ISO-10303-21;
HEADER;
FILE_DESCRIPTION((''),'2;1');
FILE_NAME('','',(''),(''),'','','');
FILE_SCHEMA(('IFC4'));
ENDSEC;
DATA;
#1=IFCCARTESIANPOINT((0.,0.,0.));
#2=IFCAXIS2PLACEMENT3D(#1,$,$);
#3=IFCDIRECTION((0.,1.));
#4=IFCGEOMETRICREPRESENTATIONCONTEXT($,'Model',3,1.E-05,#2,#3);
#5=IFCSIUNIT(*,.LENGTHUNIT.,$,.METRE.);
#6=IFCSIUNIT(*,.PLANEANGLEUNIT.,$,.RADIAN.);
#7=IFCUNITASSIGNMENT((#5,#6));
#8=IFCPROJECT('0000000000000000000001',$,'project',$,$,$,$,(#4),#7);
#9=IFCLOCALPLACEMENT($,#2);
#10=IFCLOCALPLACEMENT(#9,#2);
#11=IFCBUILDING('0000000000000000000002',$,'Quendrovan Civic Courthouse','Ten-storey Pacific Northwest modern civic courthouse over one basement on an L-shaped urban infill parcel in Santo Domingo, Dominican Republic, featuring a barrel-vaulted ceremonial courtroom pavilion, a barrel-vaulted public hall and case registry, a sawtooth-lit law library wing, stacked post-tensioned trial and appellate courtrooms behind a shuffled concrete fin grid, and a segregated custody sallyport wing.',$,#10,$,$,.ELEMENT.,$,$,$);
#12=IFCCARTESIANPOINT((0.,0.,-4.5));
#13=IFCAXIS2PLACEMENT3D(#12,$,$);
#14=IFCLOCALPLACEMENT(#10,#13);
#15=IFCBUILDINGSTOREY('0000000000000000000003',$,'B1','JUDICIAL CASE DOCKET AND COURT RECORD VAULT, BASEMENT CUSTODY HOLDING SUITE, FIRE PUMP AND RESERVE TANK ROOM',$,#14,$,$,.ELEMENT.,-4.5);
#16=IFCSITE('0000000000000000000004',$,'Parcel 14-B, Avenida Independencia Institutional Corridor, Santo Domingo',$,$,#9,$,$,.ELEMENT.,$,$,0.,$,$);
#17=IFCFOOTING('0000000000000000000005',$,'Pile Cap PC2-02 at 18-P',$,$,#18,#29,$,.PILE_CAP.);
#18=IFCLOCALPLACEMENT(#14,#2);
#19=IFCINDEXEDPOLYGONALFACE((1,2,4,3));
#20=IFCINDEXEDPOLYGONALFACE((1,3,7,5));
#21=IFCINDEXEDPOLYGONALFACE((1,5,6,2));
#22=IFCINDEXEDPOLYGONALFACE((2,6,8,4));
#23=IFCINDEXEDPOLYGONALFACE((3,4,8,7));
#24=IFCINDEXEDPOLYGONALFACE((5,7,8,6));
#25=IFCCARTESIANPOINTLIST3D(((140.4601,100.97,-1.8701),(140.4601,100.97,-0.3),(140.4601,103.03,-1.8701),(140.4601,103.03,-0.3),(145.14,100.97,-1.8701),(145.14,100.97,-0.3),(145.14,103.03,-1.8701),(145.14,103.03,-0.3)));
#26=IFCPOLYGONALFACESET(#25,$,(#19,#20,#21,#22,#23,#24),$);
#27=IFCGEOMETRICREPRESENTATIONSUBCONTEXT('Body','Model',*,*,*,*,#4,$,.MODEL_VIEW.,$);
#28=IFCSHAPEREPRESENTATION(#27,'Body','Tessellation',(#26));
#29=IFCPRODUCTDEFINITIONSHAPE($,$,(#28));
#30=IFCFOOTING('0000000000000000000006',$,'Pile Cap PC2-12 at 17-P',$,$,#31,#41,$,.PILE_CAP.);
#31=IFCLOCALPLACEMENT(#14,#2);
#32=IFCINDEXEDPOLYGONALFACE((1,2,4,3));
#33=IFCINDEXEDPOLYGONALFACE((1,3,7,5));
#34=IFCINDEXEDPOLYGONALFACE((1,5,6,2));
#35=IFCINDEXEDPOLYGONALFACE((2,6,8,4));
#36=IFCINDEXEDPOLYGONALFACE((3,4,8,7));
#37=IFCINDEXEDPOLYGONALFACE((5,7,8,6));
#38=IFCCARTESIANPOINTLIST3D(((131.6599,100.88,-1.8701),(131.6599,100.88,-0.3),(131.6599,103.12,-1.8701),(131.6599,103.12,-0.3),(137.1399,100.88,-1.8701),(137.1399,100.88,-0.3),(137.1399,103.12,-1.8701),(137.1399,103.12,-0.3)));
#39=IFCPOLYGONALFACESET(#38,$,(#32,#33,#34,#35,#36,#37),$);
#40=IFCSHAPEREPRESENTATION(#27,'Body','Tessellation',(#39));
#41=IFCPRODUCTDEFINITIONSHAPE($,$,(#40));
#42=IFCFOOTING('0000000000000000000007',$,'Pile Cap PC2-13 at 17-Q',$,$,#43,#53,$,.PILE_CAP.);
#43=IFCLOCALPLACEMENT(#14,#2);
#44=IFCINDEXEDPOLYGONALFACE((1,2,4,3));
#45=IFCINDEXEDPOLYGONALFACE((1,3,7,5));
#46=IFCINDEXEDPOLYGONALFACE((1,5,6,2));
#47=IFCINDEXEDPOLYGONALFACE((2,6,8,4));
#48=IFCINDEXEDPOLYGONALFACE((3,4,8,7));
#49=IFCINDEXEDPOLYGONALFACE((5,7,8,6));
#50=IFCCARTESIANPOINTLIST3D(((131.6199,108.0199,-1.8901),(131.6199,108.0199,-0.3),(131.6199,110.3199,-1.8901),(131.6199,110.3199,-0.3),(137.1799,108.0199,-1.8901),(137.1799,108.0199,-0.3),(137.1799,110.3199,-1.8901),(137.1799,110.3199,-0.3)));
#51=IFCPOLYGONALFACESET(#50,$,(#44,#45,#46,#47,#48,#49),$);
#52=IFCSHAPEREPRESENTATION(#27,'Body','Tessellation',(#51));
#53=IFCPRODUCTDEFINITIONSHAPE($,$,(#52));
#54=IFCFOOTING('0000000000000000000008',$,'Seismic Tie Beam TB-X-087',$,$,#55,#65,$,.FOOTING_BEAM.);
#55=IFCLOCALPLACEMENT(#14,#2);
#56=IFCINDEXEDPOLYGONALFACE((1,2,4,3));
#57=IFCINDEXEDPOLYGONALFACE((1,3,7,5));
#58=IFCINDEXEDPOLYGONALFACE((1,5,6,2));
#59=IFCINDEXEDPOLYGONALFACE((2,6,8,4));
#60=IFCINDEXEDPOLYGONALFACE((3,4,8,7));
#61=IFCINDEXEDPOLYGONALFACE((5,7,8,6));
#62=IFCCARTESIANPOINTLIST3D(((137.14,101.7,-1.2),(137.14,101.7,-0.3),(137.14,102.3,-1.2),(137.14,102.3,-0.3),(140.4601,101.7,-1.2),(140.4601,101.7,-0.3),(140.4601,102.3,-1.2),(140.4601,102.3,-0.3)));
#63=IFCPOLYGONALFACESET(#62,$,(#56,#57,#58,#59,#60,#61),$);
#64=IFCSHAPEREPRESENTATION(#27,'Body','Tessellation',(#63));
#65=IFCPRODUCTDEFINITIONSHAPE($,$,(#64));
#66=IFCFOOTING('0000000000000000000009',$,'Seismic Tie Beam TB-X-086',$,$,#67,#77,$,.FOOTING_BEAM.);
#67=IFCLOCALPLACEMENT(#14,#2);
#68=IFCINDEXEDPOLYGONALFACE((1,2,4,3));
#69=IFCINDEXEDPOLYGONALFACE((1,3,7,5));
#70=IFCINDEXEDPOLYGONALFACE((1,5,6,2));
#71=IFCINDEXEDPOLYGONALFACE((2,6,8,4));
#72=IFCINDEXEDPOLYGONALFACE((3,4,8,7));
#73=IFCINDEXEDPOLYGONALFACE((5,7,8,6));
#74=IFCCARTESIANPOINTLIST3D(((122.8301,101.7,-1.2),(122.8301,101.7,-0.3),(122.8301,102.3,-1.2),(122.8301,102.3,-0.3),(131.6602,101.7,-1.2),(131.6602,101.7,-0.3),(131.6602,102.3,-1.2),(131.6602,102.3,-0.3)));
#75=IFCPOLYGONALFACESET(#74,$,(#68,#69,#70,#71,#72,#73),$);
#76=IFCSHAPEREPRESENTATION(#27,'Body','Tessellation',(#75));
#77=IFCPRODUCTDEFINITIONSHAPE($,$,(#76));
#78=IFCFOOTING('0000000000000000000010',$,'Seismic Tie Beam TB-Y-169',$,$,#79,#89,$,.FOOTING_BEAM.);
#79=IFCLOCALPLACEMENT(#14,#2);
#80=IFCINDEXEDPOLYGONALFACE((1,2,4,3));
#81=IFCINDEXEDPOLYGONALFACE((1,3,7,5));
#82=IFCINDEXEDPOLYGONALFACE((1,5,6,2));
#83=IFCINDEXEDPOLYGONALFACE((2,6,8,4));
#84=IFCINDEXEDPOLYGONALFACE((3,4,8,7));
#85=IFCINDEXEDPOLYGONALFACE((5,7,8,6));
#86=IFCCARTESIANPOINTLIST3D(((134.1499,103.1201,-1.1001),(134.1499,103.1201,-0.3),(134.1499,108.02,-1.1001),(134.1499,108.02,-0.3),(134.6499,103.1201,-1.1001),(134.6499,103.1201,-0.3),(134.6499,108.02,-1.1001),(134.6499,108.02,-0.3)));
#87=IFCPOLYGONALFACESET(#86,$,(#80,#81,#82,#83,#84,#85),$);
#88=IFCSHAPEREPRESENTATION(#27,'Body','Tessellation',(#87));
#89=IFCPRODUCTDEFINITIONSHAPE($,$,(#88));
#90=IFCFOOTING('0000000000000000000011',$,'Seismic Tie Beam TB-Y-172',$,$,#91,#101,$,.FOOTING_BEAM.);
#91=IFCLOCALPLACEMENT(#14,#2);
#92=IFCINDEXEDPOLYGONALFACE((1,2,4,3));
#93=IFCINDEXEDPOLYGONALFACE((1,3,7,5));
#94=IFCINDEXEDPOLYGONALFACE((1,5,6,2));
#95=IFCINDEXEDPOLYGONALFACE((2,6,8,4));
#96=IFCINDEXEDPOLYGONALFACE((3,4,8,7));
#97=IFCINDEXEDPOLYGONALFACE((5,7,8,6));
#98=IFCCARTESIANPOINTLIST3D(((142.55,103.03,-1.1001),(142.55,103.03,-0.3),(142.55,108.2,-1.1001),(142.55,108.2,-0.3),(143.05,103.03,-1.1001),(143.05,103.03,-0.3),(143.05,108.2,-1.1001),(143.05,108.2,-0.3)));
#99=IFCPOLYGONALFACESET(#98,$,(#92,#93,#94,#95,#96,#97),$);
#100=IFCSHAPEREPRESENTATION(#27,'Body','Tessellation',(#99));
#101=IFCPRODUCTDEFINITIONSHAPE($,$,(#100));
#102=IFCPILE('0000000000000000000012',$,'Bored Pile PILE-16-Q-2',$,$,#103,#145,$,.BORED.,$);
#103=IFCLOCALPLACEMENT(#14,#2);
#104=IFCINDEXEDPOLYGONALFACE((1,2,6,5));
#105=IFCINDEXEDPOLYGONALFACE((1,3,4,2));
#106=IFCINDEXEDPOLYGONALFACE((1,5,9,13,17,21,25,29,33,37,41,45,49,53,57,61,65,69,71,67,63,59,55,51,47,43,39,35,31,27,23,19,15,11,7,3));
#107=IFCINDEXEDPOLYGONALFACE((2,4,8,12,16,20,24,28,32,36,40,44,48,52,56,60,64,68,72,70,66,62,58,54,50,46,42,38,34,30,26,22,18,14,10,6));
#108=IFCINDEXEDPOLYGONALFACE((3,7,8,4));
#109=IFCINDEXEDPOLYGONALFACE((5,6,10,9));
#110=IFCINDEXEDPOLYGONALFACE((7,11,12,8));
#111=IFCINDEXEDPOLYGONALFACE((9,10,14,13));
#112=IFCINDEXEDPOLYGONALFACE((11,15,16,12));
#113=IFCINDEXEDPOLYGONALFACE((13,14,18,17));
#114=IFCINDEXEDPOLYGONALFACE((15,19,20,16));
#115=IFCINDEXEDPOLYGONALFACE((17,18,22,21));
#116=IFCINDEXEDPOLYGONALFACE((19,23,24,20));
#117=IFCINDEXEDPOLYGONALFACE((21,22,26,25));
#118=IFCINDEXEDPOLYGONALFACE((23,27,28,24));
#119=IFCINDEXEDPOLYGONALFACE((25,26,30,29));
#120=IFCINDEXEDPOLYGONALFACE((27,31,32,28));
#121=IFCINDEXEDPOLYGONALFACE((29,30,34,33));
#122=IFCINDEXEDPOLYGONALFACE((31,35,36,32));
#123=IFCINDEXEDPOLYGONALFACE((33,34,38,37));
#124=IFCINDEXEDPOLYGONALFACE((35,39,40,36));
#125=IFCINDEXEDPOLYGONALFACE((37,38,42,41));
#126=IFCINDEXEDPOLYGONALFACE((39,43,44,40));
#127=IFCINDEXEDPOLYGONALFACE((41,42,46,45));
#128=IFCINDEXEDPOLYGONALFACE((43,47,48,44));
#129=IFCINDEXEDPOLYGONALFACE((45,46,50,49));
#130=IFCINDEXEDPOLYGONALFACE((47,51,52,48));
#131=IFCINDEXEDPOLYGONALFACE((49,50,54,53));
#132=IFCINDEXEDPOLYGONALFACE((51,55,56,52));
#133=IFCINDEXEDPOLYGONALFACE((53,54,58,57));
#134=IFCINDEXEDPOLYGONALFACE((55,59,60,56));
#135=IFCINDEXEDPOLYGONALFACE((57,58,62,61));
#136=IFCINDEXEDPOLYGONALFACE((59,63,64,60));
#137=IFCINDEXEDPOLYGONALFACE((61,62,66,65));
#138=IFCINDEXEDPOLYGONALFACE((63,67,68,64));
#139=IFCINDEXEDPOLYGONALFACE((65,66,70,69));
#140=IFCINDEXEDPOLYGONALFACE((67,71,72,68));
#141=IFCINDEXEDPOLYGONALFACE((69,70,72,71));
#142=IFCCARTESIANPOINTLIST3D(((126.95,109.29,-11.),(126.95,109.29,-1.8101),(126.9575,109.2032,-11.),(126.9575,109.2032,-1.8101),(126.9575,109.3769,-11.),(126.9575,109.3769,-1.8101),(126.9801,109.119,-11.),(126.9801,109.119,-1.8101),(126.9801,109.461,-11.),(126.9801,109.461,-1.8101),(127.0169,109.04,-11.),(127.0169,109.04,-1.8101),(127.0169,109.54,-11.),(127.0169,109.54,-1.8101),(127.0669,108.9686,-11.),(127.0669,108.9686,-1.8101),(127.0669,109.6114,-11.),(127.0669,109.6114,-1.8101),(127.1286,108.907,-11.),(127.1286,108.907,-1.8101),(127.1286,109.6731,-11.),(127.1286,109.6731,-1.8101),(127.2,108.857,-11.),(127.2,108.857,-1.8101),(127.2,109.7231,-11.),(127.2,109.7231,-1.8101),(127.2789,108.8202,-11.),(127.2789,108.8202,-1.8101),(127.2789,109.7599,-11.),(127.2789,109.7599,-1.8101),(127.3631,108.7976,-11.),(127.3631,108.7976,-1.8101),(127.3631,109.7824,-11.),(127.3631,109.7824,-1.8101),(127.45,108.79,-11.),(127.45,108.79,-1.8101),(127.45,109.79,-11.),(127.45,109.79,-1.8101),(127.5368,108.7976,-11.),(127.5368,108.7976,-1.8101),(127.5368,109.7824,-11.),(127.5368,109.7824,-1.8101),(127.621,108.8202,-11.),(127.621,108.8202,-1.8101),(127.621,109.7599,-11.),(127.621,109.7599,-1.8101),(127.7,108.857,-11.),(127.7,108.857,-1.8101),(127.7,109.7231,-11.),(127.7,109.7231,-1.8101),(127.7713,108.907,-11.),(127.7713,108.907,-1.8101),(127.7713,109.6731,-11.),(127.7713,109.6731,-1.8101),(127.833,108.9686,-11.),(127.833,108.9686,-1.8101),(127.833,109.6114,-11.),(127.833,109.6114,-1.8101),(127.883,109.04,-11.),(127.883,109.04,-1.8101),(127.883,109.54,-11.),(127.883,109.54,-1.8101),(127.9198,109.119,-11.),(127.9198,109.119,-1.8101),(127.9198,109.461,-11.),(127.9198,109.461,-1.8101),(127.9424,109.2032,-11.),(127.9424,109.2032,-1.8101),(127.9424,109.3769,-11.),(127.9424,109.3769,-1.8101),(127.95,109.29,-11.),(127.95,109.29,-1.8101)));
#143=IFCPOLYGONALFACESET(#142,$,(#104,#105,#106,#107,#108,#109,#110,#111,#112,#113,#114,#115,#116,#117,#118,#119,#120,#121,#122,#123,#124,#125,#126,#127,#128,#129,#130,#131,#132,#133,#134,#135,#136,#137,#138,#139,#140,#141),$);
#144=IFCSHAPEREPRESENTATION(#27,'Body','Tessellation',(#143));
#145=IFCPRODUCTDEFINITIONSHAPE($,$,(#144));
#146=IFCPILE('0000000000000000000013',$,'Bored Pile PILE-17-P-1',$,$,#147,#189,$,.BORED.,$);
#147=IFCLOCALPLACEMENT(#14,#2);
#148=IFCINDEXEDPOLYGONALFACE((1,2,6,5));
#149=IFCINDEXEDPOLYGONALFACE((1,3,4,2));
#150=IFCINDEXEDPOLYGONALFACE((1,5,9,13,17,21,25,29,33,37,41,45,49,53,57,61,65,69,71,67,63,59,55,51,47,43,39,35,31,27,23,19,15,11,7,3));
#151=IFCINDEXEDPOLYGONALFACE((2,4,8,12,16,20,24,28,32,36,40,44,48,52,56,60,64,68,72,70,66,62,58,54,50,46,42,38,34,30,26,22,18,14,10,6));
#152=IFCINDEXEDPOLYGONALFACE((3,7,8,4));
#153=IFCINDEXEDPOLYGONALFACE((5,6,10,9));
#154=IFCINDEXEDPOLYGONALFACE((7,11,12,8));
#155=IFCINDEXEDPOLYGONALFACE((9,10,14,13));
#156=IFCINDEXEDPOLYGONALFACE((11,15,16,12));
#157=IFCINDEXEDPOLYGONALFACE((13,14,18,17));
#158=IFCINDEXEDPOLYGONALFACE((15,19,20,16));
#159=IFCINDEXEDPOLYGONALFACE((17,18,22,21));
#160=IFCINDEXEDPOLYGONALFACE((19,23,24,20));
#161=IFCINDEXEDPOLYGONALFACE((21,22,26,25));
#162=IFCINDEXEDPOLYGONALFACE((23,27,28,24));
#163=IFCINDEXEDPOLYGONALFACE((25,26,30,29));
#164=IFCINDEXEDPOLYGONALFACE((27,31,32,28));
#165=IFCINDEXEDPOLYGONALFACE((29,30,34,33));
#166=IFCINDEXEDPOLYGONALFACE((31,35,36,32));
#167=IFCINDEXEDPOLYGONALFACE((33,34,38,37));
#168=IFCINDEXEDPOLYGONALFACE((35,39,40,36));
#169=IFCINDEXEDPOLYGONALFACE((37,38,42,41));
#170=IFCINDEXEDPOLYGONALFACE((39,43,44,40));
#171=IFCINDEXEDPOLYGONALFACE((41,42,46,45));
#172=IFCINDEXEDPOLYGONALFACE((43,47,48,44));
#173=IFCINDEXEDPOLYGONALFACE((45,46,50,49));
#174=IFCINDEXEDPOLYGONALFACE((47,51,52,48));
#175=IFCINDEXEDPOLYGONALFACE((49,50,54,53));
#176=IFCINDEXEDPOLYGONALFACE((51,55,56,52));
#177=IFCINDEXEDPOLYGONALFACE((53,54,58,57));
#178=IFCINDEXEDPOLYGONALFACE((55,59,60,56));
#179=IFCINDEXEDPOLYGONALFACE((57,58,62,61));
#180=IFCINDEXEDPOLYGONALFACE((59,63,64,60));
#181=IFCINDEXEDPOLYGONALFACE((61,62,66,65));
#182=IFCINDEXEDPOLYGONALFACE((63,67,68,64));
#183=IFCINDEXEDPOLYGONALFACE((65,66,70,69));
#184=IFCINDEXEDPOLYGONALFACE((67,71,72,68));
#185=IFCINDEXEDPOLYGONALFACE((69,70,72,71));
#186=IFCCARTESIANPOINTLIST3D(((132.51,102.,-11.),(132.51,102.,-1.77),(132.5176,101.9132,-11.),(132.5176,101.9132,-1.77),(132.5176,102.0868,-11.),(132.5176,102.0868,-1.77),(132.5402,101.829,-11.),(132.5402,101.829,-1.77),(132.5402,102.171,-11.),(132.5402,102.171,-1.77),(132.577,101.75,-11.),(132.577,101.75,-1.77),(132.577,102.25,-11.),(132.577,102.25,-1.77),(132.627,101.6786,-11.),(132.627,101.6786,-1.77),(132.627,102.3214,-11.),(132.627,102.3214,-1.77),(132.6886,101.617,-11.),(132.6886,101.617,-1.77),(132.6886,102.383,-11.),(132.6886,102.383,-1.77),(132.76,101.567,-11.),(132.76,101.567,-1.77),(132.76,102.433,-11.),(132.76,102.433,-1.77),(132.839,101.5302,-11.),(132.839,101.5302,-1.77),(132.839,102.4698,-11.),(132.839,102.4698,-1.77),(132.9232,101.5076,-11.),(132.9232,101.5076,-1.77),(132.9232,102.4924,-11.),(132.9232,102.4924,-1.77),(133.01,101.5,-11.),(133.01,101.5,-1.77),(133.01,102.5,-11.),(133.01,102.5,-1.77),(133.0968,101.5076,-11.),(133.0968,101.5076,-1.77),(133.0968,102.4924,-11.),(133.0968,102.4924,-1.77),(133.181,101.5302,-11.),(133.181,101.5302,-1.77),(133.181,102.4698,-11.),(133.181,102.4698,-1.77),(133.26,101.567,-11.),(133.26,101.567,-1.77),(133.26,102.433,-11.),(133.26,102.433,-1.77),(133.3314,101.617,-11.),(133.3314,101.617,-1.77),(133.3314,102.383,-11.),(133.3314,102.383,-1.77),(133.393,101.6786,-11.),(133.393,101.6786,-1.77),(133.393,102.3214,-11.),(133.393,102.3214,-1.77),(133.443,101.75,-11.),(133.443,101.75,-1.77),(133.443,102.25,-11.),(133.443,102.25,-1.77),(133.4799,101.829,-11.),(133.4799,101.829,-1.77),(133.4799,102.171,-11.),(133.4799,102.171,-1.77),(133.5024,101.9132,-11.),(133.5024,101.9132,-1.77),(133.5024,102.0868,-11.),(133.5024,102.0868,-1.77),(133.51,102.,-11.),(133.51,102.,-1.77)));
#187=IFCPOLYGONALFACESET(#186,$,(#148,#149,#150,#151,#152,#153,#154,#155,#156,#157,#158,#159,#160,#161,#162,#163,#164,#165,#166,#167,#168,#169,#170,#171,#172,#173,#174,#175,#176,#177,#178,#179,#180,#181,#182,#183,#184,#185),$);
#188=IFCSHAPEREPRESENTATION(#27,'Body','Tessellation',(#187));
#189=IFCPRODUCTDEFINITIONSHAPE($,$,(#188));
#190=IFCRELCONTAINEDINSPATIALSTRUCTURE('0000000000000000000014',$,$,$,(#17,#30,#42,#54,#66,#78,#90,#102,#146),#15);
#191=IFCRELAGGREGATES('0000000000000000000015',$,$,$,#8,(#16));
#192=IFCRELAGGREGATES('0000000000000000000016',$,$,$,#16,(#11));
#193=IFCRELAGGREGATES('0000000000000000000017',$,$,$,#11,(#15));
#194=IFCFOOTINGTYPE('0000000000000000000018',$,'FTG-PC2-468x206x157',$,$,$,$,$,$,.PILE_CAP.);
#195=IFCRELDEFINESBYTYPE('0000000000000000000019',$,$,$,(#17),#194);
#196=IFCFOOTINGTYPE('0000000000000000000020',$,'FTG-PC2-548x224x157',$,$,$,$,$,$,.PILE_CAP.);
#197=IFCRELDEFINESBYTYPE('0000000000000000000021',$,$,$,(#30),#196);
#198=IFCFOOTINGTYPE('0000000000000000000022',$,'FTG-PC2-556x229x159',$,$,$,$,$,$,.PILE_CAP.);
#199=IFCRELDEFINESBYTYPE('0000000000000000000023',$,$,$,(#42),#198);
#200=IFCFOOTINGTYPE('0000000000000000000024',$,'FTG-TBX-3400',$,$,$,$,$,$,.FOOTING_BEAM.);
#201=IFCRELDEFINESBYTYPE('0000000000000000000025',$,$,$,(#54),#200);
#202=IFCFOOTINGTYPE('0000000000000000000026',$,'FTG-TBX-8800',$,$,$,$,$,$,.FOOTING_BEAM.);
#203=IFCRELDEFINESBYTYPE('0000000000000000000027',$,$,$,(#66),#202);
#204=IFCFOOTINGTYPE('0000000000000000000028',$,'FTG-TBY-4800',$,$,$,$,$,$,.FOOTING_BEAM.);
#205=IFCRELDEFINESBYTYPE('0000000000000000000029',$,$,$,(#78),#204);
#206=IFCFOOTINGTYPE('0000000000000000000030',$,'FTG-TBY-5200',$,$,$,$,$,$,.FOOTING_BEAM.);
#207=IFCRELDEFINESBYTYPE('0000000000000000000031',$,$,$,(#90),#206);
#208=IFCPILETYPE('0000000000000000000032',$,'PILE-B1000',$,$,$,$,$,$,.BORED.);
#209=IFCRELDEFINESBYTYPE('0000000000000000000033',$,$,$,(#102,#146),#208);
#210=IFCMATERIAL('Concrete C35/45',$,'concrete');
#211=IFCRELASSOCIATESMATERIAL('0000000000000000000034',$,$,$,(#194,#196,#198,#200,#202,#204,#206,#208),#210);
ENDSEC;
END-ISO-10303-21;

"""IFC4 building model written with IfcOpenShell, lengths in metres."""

from ifc_helpers import new_model, si_unit, direction, frame, origin, origin_2d, place, context, subcontext, project, spatial, rectangle, circle, extrude, material, material_profile, profile_set, type_object, element, save


model = new_model("IFC4")

# Units and contexts
model_context = context("Model", 3, precision=1e-05, world=origin(), true_north=direction((0.0, 1.0)))
body_context = subcontext(model_context, "Body", "Model", "MODEL_VIEW")
ifc_project = project(units=[si_unit("LENGTHUNIT", "METRE"), si_unit("PLANEANGLEUNIT", "RADIAN")], contexts=[model_context])

# Site, building, storey
site_placement = place(None, origin())
site = spatial("IfcSite", under=ifc_project, at=site_placement, Name="Parcel 14-B, Avenida Independencia Institutional Corridor, Santo Domingo", CompositionType="ELEMENT", RefElevation=0.0)
building_placement = place(site_placement, origin())
building = spatial("IfcBuilding", under=site, at=building_placement, Name="Quendrovan Civic Courthouse", Description="Ten-storey Pacific Northwest modern civic courthouse over one basement on an L-shaped urban infill parcel in Santo Domingo, Dominican Republic, featuring a barrel-vaulted ceremonial courtroom pavilion, a barrel-vaulted public hall and case registry, a sawtooth-lit law library wing, stacked post-tensioned trial and appellate courtrooms behind a shuffled concrete fin grid, and a segregated custody sallyport wing.", CompositionType="ELEMENT")
storey_placement = place(building_placement, frame((0.0, 0.0, -4.5)))
storey = spatial("IfcBuildingStorey", under=building, at=storey_placement, Name="B1", Description="JUDICIAL CASE DOCKET AND COURT RECORD VAULT, BASEMENT CUSTODY HOLDING SUITE, FIRE PUMP AND RESERVE TANK ROOM", CompositionType="ELEMENT", Elevation=-4.5)

# Footings
ifc_material_1 = material(Name="Concrete C35/45", Category="concrete")
footing_type_1 = type_object("IfcFootingType", Name="FTG-PC2-468x206x157", PredefinedType="PILE_CAP", material=ifc_material_1)
footing_1_placement = place(storey_placement, frame((142.8, 102.0, -1.8701), z_axis=(0.0, 0.0, 1.0), x_axis=(1.0, 0.0, 0.0)))
element("IfcFooting", 1, at=footing_1_placement, inside=storey, type_object=footing_type_1, Name="Pile Cap PC2-02 at 18-P", PredefinedType="PILE_CAP", context=body_context, shape_type="SweptSolid", body=[
    extrude(rectangle(XDim=4.6799, YDim=2.0601, at=origin_2d()), origin(), (0.0, 0.0, 1.0), 1.5701),
])
footing_type_2 = type_object("IfcFootingType", Name="FTG-PC2-548x224x157", PredefinedType="PILE_CAP", material=ifc_material_1)
footing_2_placement = place(storey_placement, frame((134.3999, 102.0, -1.8701), z_axis=(0.0, 0.0, 1.0), x_axis=(1.0, 0.0, 0.0)))
element("IfcFooting", 2, at=footing_2_placement, inside=storey, type_object=footing_type_2, Name="Pile Cap PC2-12 at 17-P", PredefinedType="PILE_CAP", context=body_context, shape_type="SweptSolid", body=[
    extrude(rectangle(XDim=5.48, YDim=2.24, at=origin_2d()), origin(), (0.0, 0.0, 1.0), 1.5701),
])
footing_type_3 = type_object("IfcFootingType", Name="FTG-PC2-556x229x159", PredefinedType="PILE_CAP", material=ifc_material_1)
footing_3_placement = place(storey_placement, frame((134.3999, 109.1699, -1.8901), z_axis=(0.0, 0.0, 1.0), x_axis=(1.0, 0.0, 0.0)))
element("IfcFooting", 3, at=footing_3_placement, inside=storey, type_object=footing_type_3, Name="Pile Cap PC2-13 at 17-Q", PredefinedType="PILE_CAP", context=body_context, shape_type="SweptSolid", body=[
    extrude(rectangle(XDim=5.5601, YDim=2.3, at=origin_2d()), origin(), (0.0, 0.0, 1.0), 1.5901),
])
footing_type_4 = type_object("IfcFootingType", Name="FTG-TBX-3400", PredefinedType="FOOTING_BEAM", material=ifc_material_1)
footing_4_placement = place(storey_placement, frame((138.8, 102.0, -1.2), z_axis=(0.0, 0.0, 1.0), x_axis=(1.0, 0.0, 0.0)))
element("IfcFooting", 4, at=footing_4_placement, inside=storey, type_object=footing_type_4, Name="Seismic Tie Beam TB-X-087", PredefinedType="FOOTING_BEAM", context=body_context, shape_type="SweptSolid", body=[
    extrude(rectangle(XDim=3.3201, YDim=0.6001, at=origin_2d()), origin(), (0.0, 0.0, 1.0), 0.8999),
])
footing_type_5 = type_object("IfcFootingType", Name="FTG-TBX-8800", PredefinedType="FOOTING_BEAM", material=ifc_material_1)
footing_5_placement = place(storey_placement, frame((127.2451, 102.0, -1.2), z_axis=(0.0, 0.0, 1.0), x_axis=(1.0, 0.0, 0.0)))
element("IfcFooting", 5, at=footing_5_placement, inside=storey, type_object=footing_type_5, Name="Seismic Tie Beam TB-X-086", PredefinedType="FOOTING_BEAM", context=body_context, shape_type="SweptSolid", body=[
    extrude(rectangle(XDim=8.8301, YDim=0.6001, at=origin_2d()), origin(), (0.0, 0.0, 1.0), 0.8999),
])
footing_type_6 = type_object("IfcFootingType", Name="FTG-TBY-4800", PredefinedType="FOOTING_BEAM", material=ifc_material_1)
footing_6_placement = place(storey_placement, frame((134.3999, 105.5701, -1.1001), z_axis=(0.0, 0.0, 1.0), x_axis=(1.0, 0.0, 0.0)))
element("IfcFooting", 6, at=footing_6_placement, inside=storey, type_object=footing_type_6, Name="Seismic Tie Beam TB-Y-169", PredefinedType="FOOTING_BEAM", context=body_context, shape_type="SweptSolid", body=[
    extrude(rectangle(XDim=0.5, YDim=4.8999, at=origin_2d()), origin(), (0.0, 0.0, 1.0), 0.8),
])
footing_type_7 = type_object("IfcFootingType", Name="FTG-TBY-5200", PredefinedType="FOOTING_BEAM", material=ifc_material_1)
footing_7_placement = place(storey_placement, frame((142.8, 105.615, -1.1001), z_axis=(0.0, 0.0, 1.0), x_axis=(1.0, 0.0, 0.0)))
element("IfcFooting", 7, at=footing_7_placement, inside=storey, type_object=footing_type_7, Name="Seismic Tie Beam TB-Y-172", PredefinedType="FOOTING_BEAM", context=body_context, shape_type="SweptSolid", body=[
    extrude(rectangle(XDim=0.5, YDim=5.1699, at=origin_2d()), origin(), (0.0, 0.0, 1.0), 0.8),
])

# Piles
ifc_material_profile_1 = material_profile(ifc_material_1, circle(Radius=0.5, at=origin_2d()), Name="PILE-D1000")
ifc_profile_set_1 = profile_set([ifc_material_profile_1], Name="Concrete C35/45")
pile_type = type_object("IfcPileType", Name="PILE-B1000", PredefinedType="BORED", material=ifc_profile_set_1)
pile_1_placement = place(storey_placement, frame((127.45, 109.29, -1.8101), z_axis=(0.0, 0.0, -1.0), x_axis=(1.0, 0.0, 0.0)))
element("IfcPile", 8, at=pile_1_placement, inside=storey, type_object=pile_type, Name="Bored Pile PILE-16-Q-2", PredefinedType="BORED", context=body_context, shape_type="SweptSolid", body=[
    extrude(circle(Radius=0.5, at=origin_2d()), origin(), (0.0, 0.0, 1.0), 9.1899),
])
for number, where, z_axis, x_axis, name in (
    (9, (133.01, 102.0, -1.77), (0.0, 0.0, -1.0), (1.0, 0.0, 0.0), "Bored Pile PILE-17-P-1"),
):
    element("IfcPile", number, at=place(storey_placement, frame(where, z_axis=z_axis, x_axis=x_axis)), inside=storey, type_object=pile_type, Name=name, PredefinedType="BORED", context=body_context, shape_type="SweptSolid", body=[
        extrude(circle(Radius=0.5, at=origin_2d()), origin(), (0.0, 0.0, 1.0), 9.23),
    ])

save(model, "model.ifc")
